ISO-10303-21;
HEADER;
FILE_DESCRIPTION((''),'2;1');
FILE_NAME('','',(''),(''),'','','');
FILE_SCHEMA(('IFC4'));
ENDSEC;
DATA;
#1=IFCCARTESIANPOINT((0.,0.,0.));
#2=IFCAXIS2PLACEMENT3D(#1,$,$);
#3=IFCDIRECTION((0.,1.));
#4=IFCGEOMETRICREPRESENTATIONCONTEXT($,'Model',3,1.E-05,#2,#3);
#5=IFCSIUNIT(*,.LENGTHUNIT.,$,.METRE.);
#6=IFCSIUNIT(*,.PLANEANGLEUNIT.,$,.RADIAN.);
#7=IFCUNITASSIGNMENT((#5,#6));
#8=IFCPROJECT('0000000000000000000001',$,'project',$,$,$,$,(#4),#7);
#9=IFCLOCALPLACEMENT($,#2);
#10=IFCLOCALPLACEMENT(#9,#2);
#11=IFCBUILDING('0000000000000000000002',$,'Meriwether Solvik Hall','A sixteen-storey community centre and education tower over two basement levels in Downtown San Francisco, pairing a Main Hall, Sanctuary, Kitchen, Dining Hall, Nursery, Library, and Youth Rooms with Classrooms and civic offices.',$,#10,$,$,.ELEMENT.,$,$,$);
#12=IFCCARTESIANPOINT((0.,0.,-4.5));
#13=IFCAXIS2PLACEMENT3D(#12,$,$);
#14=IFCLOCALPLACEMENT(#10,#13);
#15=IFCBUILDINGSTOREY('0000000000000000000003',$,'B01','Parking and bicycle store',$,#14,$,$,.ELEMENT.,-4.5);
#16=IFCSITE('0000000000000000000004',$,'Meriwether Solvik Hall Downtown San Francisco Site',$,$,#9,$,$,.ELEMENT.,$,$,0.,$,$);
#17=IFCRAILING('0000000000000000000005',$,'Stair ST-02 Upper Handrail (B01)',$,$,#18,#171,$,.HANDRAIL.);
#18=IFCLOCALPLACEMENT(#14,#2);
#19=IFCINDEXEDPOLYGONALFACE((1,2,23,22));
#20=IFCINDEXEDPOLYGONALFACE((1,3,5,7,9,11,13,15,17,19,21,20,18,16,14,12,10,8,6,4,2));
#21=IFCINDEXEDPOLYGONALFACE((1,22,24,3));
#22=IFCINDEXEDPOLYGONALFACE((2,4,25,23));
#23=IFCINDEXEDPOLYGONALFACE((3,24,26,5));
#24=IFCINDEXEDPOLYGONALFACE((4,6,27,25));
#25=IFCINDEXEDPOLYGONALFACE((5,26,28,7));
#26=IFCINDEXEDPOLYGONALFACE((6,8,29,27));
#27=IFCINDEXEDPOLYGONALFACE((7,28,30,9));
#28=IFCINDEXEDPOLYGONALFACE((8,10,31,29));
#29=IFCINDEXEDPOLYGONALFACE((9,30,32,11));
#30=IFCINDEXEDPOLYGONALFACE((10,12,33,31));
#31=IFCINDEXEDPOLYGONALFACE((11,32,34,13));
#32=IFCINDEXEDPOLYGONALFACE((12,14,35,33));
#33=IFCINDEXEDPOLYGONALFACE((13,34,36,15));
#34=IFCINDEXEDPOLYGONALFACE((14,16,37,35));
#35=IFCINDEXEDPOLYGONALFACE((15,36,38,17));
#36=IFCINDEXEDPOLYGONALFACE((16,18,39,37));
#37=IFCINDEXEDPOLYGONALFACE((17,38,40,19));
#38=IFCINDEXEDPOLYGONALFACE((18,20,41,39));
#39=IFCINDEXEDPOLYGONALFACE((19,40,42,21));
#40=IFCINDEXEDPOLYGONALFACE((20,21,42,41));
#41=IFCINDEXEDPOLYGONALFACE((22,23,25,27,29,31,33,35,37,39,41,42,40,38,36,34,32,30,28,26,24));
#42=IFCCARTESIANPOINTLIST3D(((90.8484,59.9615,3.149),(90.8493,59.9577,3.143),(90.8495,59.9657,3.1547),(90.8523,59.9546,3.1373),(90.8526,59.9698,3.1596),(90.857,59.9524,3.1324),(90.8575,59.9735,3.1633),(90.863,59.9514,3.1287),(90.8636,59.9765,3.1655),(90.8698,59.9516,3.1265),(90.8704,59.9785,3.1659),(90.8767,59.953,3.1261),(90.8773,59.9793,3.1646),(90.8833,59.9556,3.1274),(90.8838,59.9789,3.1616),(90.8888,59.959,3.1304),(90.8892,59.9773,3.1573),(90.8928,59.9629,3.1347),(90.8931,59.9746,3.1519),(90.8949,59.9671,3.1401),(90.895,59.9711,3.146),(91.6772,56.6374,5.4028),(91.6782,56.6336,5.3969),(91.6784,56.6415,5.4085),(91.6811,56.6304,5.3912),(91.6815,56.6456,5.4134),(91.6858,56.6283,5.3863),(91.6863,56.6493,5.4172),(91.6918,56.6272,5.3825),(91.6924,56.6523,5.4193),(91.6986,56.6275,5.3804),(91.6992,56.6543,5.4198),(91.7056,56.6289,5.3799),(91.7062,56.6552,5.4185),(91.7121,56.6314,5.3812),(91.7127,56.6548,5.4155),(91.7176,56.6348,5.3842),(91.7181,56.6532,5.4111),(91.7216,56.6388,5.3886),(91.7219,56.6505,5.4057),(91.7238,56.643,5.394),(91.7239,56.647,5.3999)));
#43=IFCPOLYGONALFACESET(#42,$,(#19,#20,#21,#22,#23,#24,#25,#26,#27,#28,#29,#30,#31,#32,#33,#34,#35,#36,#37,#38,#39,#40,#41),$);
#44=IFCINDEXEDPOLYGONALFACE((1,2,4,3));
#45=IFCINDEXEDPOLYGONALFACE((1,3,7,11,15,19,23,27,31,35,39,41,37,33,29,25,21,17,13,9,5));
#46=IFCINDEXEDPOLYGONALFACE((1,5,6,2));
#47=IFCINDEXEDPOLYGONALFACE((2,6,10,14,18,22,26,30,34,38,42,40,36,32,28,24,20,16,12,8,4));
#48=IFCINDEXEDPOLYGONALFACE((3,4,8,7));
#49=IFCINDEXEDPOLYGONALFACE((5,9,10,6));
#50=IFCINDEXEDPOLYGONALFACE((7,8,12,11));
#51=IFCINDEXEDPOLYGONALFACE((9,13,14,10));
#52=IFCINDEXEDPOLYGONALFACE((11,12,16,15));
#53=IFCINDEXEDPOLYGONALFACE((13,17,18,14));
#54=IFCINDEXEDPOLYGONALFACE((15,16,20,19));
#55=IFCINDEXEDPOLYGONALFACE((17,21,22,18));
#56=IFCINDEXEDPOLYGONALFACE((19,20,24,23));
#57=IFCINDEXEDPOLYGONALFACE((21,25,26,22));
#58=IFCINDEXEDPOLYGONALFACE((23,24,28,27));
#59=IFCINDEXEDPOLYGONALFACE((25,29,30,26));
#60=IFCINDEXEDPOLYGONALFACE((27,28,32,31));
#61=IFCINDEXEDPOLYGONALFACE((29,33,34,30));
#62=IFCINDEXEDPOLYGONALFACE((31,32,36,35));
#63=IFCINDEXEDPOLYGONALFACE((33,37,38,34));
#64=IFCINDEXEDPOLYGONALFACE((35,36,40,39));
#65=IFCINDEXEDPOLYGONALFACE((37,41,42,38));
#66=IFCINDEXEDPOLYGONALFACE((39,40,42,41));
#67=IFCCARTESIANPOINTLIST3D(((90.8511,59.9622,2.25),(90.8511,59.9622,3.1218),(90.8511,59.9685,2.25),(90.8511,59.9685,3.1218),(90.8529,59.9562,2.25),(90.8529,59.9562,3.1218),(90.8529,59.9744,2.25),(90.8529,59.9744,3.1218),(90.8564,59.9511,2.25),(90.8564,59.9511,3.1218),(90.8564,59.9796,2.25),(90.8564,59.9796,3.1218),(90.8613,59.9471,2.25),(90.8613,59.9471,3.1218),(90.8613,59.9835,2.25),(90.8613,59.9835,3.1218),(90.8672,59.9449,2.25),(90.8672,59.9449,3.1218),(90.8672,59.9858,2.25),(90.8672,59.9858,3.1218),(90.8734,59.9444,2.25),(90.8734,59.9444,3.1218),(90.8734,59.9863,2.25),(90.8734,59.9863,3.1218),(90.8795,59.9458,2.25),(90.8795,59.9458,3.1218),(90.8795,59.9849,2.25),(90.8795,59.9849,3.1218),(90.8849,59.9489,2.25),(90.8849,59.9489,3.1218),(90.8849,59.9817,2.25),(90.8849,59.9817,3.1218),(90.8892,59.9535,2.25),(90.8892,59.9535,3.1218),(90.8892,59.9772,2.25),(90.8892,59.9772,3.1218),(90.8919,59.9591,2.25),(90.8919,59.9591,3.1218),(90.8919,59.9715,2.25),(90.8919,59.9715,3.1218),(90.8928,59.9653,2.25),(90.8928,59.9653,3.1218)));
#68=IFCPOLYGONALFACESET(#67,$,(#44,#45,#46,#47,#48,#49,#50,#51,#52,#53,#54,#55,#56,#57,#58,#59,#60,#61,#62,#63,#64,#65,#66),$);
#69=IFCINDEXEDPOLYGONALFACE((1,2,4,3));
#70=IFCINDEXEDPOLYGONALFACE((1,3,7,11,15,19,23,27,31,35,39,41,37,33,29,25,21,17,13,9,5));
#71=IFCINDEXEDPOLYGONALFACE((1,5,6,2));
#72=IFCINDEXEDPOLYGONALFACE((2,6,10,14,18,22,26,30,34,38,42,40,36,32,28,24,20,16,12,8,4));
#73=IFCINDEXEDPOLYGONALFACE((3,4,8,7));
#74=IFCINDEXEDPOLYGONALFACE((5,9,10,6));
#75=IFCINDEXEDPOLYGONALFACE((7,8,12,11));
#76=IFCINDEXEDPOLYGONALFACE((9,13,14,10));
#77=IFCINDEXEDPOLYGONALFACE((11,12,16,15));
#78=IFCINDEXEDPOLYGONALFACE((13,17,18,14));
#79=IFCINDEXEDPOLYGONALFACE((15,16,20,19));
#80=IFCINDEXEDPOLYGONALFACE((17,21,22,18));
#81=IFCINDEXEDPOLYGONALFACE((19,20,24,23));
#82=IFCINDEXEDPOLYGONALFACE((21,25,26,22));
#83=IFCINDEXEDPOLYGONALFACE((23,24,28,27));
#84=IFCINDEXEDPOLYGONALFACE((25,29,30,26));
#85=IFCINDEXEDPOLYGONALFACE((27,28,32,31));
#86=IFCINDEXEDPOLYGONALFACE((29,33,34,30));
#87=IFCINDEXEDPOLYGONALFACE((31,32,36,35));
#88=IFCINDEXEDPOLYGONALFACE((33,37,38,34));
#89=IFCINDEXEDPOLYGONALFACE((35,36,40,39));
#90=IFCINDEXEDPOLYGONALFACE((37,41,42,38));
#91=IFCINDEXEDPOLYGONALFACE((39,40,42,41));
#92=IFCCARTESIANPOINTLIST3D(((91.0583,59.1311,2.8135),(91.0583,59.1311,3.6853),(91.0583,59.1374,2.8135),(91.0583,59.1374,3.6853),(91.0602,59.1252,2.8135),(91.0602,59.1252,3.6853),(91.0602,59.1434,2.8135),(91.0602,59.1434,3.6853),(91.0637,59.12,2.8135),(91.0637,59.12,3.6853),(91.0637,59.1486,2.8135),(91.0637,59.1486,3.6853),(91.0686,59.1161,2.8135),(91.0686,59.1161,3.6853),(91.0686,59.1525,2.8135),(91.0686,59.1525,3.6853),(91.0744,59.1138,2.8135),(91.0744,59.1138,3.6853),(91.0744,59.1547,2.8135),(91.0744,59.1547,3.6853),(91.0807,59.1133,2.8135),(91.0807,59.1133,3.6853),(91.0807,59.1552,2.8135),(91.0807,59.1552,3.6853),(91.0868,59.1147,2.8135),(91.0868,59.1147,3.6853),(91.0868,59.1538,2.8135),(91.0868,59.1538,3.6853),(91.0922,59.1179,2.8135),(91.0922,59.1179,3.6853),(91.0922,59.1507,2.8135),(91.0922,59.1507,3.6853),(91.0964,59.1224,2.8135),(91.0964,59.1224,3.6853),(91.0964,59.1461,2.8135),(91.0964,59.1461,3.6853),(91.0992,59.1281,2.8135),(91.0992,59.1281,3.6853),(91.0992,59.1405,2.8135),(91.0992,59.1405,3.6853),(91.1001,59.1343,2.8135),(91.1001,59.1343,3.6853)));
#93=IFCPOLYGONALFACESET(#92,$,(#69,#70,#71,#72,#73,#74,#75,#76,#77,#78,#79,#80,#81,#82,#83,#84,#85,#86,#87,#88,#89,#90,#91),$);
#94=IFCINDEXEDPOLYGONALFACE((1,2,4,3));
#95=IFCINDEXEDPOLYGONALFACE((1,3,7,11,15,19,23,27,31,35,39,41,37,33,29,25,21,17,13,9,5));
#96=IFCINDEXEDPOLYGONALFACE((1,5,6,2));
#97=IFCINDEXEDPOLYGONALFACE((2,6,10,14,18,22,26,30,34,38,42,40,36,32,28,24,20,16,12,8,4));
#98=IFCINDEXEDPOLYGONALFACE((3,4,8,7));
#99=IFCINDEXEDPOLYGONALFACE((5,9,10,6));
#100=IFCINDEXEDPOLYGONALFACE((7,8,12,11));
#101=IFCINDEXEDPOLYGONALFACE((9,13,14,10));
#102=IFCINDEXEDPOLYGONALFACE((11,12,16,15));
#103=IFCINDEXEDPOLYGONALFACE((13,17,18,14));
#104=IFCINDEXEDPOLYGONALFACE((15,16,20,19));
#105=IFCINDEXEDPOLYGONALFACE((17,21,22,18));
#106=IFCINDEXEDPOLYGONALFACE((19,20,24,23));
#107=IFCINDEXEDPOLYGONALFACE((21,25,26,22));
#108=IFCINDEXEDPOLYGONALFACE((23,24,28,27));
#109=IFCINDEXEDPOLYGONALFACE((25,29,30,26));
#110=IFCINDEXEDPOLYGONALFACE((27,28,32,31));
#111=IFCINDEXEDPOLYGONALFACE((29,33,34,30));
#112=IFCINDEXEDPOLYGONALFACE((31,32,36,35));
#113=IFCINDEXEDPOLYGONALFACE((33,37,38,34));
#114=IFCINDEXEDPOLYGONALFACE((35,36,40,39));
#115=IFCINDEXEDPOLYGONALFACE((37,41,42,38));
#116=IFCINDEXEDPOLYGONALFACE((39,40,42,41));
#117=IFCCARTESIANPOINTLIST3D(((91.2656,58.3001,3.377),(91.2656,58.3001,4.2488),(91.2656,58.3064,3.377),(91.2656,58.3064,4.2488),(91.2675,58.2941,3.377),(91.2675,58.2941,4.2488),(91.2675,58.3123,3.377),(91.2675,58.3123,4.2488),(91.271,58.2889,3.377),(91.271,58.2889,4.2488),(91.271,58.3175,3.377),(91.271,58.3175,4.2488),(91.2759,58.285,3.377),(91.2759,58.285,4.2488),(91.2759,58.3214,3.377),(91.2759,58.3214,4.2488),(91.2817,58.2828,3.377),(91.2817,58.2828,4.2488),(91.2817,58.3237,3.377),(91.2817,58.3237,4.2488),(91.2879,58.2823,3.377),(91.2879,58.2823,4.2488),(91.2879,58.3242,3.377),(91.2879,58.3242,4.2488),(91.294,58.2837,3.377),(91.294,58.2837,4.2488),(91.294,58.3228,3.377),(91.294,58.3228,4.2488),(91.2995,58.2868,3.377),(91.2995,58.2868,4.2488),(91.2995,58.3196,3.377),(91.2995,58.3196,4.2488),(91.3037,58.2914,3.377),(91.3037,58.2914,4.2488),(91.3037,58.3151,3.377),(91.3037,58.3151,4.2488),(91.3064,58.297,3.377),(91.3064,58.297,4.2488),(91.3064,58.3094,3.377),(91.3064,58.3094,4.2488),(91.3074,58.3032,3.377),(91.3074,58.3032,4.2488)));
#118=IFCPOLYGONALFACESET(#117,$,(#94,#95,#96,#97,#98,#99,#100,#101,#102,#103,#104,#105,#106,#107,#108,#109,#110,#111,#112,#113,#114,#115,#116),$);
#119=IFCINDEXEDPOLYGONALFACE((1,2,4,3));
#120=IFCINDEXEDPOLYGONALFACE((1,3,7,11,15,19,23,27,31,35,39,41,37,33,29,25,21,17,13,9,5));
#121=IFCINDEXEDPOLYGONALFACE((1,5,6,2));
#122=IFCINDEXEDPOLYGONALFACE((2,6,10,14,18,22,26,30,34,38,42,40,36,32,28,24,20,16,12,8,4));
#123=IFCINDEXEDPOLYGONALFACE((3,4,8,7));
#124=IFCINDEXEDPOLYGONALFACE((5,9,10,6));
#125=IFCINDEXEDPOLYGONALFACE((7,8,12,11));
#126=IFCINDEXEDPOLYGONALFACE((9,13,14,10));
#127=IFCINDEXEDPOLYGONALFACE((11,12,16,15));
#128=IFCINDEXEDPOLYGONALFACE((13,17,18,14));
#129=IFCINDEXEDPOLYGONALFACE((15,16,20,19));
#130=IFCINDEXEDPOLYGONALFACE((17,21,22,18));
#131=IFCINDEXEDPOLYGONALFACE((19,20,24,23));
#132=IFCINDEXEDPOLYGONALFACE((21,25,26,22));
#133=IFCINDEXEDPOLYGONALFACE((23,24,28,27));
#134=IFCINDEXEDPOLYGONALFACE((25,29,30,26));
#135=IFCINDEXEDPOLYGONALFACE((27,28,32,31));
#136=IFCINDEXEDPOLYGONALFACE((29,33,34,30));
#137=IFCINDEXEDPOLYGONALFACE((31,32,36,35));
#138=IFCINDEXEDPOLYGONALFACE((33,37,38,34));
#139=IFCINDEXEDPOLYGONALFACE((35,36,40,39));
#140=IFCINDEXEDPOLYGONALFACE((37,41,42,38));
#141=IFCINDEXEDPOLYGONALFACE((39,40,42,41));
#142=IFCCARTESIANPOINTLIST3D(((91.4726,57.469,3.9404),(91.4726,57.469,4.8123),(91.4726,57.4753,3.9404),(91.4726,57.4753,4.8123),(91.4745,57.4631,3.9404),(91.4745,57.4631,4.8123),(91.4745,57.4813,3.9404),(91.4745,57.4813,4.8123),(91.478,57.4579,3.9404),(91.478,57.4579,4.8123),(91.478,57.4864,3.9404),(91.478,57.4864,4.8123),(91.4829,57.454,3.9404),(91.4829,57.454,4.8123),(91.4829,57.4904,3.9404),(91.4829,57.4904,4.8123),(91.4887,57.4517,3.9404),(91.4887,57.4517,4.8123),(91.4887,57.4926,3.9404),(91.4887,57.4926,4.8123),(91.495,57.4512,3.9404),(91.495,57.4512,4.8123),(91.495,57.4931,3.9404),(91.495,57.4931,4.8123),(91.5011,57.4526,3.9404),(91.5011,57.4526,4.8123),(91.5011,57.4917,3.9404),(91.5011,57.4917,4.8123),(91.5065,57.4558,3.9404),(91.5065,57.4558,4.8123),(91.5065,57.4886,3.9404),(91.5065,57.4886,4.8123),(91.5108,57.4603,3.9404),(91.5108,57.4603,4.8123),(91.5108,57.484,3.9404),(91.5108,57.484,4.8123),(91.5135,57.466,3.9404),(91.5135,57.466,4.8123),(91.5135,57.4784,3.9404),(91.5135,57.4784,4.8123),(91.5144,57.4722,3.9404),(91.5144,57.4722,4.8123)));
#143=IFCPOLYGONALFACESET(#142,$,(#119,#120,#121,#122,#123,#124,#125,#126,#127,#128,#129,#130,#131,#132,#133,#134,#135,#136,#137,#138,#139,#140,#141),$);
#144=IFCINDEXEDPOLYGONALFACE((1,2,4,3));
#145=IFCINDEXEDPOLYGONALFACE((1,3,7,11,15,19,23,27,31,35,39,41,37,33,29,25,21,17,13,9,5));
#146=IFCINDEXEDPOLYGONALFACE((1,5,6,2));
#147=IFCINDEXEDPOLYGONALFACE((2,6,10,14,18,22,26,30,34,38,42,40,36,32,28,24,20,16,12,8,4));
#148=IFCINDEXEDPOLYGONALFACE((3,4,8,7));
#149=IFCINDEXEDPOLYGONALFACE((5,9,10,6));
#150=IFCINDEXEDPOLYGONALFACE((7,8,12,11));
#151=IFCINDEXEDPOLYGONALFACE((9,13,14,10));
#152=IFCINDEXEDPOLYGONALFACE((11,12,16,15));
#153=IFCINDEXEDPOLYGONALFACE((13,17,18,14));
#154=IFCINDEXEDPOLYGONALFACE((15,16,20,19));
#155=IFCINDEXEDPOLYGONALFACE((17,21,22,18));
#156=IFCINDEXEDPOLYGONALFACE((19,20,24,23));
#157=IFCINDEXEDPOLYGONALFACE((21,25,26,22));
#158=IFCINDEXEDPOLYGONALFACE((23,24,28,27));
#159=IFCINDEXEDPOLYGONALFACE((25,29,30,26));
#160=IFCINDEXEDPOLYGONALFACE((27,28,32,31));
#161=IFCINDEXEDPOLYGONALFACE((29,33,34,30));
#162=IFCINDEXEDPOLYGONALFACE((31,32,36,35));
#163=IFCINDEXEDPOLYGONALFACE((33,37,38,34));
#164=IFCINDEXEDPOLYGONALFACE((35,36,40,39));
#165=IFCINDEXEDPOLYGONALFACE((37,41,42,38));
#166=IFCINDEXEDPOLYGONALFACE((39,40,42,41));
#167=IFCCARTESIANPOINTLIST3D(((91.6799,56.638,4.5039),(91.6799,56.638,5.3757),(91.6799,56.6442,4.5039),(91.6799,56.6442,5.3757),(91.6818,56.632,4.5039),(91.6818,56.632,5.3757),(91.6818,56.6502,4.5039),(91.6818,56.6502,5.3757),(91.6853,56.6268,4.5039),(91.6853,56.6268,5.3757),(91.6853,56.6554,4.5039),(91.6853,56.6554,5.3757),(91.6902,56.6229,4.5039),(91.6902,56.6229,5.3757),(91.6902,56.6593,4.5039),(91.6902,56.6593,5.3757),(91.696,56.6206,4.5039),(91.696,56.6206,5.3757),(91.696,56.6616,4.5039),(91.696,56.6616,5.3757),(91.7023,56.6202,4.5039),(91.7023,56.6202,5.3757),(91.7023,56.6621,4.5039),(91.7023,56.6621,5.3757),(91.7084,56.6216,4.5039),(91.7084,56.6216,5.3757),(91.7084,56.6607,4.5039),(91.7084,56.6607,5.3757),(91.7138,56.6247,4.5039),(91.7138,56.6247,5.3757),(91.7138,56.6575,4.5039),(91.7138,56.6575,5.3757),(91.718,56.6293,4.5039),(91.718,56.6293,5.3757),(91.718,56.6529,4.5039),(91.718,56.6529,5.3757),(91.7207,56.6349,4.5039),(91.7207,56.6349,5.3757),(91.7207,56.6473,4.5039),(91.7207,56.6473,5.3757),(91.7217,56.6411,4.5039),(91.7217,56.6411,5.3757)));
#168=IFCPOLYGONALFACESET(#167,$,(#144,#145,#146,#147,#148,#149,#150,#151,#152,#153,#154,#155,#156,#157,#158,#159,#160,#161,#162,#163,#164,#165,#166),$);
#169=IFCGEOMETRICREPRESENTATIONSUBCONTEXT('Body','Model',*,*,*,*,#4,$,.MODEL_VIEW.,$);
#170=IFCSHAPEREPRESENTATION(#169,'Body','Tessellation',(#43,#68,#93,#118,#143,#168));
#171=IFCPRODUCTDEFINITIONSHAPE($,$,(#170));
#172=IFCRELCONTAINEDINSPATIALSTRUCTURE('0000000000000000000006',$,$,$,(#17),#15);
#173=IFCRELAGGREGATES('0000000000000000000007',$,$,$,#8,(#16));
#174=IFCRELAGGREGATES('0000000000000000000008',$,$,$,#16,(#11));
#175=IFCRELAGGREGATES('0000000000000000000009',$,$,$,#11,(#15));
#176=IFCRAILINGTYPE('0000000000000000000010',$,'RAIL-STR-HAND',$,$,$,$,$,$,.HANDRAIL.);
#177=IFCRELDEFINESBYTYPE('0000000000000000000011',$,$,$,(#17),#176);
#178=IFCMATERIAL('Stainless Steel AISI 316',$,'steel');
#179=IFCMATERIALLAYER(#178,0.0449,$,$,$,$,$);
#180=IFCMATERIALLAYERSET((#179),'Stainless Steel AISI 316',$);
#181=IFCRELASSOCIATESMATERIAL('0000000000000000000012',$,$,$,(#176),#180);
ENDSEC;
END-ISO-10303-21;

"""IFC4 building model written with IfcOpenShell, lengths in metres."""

from ifc_helpers import new_model, si_unit, direction, frame, origin, origin_2d, place, context, subcontext, project, spatial, circle, extrude, material, layer, layer_set, type_object, element, save


model = new_model("IFC4")

# Units and contexts
model_context = context("Model", 3, precision=1e-05, world=origin(), true_north=direction((0.0, 1.0)))
body_context = subcontext(model_context, "Body", "Model", "MODEL_VIEW")
ifc_project = project(units=[si_unit("LENGTHUNIT", "METRE"), si_unit("PLANEANGLEUNIT", "RADIAN")], contexts=[model_context])

# Site, building, storey
site_placement = place(None, origin())
site = spatial("IfcSite", under=ifc_project, at=site_placement, Name="Meriwether Solvik Hall Downtown San Francisco Site", CompositionType="ELEMENT", RefElevation=0.0)
building_placement = place(site_placement, origin())
building = spatial("IfcBuilding", under=site, at=building_placement, Name="Meriwether Solvik Hall", Description="A sixteen-storey community centre and education tower over two basement levels in Downtown San Francisco, pairing a Main Hall, Sanctuary, Kitchen, Dining Hall, Nursery, Library, and Youth Rooms with Classrooms and civic offices.", CompositionType="ELEMENT")
storey_placement = place(building_placement, frame((0.0, 0.0, -4.5)))
storey = spatial("IfcBuildingStorey", under=building, at=storey_placement, Name="B01", Description="Parking and bicycle store", CompositionType="ELEMENT", Elevation=-4.5)

# Railing
ifc_material_1 = material(Name="Stainless Steel AISI 316", Category="steel")
ifc_layer_1 = layer(ifc_material_1, 0.0449)
ifc_layer_set_1 = layer_set([ifc_layer_1], Name="Stainless Steel AISI 316")
railing_type_1 = type_object("IfcRailingType", Name="RAIL-STR-HAND", PredefinedType="HANDRAIL", material=ifc_layer_set_1)
for number, where, name in (
    (1, (90.8718, 59.9653, 2.25), "Stair ST-02 Upper Handrail (B01)"),
):
    element("IfcRailing", number, at=place(storey_placement, frame(where)), inside=storey, type_object=railing_type_1, Name=name, PredefinedType="HANDRAIL", context=body_context, shape_type="SweptSolid", body=[
        extrude(circle(Radius=0.0239, at=origin_2d()), frame((0.0, 0.0, 0.896), z_axis=(0.202115, -0.810604, 0.54961), x_axis=(0.970293, 0.241932, 0.0)), (0.0, 0.0, 1.0), 4.1008),
        extrude(circle(Radius=0.021, at=origin_2d()), origin(), (0.0, 0.0, 1.0), 0.8718),
        extrude(circle(Radius=0.021, at=origin_2d()), frame((0.2073, -0.8311, 0.5635)), (0.0, 0.0, 1.0), 0.8718),
        extrude(circle(Radius=0.021, at=origin_2d()), frame((0.4146, -1.6621, 1.127)), (0.0, 0.0, 1.0), 0.8718),
        extrude(circle(Radius=0.021, at=origin_2d()), frame((0.6216, -2.4932, 1.6904)), (0.0, 0.0, 1.0), 0.8718),
        extrude(circle(Radius=0.021, at=origin_2d()), frame((0.8289, -3.3242, 2.2539)), (0.0, 0.0, 1.0), 0.8718),
    ])

save(model, "model.ifc")
